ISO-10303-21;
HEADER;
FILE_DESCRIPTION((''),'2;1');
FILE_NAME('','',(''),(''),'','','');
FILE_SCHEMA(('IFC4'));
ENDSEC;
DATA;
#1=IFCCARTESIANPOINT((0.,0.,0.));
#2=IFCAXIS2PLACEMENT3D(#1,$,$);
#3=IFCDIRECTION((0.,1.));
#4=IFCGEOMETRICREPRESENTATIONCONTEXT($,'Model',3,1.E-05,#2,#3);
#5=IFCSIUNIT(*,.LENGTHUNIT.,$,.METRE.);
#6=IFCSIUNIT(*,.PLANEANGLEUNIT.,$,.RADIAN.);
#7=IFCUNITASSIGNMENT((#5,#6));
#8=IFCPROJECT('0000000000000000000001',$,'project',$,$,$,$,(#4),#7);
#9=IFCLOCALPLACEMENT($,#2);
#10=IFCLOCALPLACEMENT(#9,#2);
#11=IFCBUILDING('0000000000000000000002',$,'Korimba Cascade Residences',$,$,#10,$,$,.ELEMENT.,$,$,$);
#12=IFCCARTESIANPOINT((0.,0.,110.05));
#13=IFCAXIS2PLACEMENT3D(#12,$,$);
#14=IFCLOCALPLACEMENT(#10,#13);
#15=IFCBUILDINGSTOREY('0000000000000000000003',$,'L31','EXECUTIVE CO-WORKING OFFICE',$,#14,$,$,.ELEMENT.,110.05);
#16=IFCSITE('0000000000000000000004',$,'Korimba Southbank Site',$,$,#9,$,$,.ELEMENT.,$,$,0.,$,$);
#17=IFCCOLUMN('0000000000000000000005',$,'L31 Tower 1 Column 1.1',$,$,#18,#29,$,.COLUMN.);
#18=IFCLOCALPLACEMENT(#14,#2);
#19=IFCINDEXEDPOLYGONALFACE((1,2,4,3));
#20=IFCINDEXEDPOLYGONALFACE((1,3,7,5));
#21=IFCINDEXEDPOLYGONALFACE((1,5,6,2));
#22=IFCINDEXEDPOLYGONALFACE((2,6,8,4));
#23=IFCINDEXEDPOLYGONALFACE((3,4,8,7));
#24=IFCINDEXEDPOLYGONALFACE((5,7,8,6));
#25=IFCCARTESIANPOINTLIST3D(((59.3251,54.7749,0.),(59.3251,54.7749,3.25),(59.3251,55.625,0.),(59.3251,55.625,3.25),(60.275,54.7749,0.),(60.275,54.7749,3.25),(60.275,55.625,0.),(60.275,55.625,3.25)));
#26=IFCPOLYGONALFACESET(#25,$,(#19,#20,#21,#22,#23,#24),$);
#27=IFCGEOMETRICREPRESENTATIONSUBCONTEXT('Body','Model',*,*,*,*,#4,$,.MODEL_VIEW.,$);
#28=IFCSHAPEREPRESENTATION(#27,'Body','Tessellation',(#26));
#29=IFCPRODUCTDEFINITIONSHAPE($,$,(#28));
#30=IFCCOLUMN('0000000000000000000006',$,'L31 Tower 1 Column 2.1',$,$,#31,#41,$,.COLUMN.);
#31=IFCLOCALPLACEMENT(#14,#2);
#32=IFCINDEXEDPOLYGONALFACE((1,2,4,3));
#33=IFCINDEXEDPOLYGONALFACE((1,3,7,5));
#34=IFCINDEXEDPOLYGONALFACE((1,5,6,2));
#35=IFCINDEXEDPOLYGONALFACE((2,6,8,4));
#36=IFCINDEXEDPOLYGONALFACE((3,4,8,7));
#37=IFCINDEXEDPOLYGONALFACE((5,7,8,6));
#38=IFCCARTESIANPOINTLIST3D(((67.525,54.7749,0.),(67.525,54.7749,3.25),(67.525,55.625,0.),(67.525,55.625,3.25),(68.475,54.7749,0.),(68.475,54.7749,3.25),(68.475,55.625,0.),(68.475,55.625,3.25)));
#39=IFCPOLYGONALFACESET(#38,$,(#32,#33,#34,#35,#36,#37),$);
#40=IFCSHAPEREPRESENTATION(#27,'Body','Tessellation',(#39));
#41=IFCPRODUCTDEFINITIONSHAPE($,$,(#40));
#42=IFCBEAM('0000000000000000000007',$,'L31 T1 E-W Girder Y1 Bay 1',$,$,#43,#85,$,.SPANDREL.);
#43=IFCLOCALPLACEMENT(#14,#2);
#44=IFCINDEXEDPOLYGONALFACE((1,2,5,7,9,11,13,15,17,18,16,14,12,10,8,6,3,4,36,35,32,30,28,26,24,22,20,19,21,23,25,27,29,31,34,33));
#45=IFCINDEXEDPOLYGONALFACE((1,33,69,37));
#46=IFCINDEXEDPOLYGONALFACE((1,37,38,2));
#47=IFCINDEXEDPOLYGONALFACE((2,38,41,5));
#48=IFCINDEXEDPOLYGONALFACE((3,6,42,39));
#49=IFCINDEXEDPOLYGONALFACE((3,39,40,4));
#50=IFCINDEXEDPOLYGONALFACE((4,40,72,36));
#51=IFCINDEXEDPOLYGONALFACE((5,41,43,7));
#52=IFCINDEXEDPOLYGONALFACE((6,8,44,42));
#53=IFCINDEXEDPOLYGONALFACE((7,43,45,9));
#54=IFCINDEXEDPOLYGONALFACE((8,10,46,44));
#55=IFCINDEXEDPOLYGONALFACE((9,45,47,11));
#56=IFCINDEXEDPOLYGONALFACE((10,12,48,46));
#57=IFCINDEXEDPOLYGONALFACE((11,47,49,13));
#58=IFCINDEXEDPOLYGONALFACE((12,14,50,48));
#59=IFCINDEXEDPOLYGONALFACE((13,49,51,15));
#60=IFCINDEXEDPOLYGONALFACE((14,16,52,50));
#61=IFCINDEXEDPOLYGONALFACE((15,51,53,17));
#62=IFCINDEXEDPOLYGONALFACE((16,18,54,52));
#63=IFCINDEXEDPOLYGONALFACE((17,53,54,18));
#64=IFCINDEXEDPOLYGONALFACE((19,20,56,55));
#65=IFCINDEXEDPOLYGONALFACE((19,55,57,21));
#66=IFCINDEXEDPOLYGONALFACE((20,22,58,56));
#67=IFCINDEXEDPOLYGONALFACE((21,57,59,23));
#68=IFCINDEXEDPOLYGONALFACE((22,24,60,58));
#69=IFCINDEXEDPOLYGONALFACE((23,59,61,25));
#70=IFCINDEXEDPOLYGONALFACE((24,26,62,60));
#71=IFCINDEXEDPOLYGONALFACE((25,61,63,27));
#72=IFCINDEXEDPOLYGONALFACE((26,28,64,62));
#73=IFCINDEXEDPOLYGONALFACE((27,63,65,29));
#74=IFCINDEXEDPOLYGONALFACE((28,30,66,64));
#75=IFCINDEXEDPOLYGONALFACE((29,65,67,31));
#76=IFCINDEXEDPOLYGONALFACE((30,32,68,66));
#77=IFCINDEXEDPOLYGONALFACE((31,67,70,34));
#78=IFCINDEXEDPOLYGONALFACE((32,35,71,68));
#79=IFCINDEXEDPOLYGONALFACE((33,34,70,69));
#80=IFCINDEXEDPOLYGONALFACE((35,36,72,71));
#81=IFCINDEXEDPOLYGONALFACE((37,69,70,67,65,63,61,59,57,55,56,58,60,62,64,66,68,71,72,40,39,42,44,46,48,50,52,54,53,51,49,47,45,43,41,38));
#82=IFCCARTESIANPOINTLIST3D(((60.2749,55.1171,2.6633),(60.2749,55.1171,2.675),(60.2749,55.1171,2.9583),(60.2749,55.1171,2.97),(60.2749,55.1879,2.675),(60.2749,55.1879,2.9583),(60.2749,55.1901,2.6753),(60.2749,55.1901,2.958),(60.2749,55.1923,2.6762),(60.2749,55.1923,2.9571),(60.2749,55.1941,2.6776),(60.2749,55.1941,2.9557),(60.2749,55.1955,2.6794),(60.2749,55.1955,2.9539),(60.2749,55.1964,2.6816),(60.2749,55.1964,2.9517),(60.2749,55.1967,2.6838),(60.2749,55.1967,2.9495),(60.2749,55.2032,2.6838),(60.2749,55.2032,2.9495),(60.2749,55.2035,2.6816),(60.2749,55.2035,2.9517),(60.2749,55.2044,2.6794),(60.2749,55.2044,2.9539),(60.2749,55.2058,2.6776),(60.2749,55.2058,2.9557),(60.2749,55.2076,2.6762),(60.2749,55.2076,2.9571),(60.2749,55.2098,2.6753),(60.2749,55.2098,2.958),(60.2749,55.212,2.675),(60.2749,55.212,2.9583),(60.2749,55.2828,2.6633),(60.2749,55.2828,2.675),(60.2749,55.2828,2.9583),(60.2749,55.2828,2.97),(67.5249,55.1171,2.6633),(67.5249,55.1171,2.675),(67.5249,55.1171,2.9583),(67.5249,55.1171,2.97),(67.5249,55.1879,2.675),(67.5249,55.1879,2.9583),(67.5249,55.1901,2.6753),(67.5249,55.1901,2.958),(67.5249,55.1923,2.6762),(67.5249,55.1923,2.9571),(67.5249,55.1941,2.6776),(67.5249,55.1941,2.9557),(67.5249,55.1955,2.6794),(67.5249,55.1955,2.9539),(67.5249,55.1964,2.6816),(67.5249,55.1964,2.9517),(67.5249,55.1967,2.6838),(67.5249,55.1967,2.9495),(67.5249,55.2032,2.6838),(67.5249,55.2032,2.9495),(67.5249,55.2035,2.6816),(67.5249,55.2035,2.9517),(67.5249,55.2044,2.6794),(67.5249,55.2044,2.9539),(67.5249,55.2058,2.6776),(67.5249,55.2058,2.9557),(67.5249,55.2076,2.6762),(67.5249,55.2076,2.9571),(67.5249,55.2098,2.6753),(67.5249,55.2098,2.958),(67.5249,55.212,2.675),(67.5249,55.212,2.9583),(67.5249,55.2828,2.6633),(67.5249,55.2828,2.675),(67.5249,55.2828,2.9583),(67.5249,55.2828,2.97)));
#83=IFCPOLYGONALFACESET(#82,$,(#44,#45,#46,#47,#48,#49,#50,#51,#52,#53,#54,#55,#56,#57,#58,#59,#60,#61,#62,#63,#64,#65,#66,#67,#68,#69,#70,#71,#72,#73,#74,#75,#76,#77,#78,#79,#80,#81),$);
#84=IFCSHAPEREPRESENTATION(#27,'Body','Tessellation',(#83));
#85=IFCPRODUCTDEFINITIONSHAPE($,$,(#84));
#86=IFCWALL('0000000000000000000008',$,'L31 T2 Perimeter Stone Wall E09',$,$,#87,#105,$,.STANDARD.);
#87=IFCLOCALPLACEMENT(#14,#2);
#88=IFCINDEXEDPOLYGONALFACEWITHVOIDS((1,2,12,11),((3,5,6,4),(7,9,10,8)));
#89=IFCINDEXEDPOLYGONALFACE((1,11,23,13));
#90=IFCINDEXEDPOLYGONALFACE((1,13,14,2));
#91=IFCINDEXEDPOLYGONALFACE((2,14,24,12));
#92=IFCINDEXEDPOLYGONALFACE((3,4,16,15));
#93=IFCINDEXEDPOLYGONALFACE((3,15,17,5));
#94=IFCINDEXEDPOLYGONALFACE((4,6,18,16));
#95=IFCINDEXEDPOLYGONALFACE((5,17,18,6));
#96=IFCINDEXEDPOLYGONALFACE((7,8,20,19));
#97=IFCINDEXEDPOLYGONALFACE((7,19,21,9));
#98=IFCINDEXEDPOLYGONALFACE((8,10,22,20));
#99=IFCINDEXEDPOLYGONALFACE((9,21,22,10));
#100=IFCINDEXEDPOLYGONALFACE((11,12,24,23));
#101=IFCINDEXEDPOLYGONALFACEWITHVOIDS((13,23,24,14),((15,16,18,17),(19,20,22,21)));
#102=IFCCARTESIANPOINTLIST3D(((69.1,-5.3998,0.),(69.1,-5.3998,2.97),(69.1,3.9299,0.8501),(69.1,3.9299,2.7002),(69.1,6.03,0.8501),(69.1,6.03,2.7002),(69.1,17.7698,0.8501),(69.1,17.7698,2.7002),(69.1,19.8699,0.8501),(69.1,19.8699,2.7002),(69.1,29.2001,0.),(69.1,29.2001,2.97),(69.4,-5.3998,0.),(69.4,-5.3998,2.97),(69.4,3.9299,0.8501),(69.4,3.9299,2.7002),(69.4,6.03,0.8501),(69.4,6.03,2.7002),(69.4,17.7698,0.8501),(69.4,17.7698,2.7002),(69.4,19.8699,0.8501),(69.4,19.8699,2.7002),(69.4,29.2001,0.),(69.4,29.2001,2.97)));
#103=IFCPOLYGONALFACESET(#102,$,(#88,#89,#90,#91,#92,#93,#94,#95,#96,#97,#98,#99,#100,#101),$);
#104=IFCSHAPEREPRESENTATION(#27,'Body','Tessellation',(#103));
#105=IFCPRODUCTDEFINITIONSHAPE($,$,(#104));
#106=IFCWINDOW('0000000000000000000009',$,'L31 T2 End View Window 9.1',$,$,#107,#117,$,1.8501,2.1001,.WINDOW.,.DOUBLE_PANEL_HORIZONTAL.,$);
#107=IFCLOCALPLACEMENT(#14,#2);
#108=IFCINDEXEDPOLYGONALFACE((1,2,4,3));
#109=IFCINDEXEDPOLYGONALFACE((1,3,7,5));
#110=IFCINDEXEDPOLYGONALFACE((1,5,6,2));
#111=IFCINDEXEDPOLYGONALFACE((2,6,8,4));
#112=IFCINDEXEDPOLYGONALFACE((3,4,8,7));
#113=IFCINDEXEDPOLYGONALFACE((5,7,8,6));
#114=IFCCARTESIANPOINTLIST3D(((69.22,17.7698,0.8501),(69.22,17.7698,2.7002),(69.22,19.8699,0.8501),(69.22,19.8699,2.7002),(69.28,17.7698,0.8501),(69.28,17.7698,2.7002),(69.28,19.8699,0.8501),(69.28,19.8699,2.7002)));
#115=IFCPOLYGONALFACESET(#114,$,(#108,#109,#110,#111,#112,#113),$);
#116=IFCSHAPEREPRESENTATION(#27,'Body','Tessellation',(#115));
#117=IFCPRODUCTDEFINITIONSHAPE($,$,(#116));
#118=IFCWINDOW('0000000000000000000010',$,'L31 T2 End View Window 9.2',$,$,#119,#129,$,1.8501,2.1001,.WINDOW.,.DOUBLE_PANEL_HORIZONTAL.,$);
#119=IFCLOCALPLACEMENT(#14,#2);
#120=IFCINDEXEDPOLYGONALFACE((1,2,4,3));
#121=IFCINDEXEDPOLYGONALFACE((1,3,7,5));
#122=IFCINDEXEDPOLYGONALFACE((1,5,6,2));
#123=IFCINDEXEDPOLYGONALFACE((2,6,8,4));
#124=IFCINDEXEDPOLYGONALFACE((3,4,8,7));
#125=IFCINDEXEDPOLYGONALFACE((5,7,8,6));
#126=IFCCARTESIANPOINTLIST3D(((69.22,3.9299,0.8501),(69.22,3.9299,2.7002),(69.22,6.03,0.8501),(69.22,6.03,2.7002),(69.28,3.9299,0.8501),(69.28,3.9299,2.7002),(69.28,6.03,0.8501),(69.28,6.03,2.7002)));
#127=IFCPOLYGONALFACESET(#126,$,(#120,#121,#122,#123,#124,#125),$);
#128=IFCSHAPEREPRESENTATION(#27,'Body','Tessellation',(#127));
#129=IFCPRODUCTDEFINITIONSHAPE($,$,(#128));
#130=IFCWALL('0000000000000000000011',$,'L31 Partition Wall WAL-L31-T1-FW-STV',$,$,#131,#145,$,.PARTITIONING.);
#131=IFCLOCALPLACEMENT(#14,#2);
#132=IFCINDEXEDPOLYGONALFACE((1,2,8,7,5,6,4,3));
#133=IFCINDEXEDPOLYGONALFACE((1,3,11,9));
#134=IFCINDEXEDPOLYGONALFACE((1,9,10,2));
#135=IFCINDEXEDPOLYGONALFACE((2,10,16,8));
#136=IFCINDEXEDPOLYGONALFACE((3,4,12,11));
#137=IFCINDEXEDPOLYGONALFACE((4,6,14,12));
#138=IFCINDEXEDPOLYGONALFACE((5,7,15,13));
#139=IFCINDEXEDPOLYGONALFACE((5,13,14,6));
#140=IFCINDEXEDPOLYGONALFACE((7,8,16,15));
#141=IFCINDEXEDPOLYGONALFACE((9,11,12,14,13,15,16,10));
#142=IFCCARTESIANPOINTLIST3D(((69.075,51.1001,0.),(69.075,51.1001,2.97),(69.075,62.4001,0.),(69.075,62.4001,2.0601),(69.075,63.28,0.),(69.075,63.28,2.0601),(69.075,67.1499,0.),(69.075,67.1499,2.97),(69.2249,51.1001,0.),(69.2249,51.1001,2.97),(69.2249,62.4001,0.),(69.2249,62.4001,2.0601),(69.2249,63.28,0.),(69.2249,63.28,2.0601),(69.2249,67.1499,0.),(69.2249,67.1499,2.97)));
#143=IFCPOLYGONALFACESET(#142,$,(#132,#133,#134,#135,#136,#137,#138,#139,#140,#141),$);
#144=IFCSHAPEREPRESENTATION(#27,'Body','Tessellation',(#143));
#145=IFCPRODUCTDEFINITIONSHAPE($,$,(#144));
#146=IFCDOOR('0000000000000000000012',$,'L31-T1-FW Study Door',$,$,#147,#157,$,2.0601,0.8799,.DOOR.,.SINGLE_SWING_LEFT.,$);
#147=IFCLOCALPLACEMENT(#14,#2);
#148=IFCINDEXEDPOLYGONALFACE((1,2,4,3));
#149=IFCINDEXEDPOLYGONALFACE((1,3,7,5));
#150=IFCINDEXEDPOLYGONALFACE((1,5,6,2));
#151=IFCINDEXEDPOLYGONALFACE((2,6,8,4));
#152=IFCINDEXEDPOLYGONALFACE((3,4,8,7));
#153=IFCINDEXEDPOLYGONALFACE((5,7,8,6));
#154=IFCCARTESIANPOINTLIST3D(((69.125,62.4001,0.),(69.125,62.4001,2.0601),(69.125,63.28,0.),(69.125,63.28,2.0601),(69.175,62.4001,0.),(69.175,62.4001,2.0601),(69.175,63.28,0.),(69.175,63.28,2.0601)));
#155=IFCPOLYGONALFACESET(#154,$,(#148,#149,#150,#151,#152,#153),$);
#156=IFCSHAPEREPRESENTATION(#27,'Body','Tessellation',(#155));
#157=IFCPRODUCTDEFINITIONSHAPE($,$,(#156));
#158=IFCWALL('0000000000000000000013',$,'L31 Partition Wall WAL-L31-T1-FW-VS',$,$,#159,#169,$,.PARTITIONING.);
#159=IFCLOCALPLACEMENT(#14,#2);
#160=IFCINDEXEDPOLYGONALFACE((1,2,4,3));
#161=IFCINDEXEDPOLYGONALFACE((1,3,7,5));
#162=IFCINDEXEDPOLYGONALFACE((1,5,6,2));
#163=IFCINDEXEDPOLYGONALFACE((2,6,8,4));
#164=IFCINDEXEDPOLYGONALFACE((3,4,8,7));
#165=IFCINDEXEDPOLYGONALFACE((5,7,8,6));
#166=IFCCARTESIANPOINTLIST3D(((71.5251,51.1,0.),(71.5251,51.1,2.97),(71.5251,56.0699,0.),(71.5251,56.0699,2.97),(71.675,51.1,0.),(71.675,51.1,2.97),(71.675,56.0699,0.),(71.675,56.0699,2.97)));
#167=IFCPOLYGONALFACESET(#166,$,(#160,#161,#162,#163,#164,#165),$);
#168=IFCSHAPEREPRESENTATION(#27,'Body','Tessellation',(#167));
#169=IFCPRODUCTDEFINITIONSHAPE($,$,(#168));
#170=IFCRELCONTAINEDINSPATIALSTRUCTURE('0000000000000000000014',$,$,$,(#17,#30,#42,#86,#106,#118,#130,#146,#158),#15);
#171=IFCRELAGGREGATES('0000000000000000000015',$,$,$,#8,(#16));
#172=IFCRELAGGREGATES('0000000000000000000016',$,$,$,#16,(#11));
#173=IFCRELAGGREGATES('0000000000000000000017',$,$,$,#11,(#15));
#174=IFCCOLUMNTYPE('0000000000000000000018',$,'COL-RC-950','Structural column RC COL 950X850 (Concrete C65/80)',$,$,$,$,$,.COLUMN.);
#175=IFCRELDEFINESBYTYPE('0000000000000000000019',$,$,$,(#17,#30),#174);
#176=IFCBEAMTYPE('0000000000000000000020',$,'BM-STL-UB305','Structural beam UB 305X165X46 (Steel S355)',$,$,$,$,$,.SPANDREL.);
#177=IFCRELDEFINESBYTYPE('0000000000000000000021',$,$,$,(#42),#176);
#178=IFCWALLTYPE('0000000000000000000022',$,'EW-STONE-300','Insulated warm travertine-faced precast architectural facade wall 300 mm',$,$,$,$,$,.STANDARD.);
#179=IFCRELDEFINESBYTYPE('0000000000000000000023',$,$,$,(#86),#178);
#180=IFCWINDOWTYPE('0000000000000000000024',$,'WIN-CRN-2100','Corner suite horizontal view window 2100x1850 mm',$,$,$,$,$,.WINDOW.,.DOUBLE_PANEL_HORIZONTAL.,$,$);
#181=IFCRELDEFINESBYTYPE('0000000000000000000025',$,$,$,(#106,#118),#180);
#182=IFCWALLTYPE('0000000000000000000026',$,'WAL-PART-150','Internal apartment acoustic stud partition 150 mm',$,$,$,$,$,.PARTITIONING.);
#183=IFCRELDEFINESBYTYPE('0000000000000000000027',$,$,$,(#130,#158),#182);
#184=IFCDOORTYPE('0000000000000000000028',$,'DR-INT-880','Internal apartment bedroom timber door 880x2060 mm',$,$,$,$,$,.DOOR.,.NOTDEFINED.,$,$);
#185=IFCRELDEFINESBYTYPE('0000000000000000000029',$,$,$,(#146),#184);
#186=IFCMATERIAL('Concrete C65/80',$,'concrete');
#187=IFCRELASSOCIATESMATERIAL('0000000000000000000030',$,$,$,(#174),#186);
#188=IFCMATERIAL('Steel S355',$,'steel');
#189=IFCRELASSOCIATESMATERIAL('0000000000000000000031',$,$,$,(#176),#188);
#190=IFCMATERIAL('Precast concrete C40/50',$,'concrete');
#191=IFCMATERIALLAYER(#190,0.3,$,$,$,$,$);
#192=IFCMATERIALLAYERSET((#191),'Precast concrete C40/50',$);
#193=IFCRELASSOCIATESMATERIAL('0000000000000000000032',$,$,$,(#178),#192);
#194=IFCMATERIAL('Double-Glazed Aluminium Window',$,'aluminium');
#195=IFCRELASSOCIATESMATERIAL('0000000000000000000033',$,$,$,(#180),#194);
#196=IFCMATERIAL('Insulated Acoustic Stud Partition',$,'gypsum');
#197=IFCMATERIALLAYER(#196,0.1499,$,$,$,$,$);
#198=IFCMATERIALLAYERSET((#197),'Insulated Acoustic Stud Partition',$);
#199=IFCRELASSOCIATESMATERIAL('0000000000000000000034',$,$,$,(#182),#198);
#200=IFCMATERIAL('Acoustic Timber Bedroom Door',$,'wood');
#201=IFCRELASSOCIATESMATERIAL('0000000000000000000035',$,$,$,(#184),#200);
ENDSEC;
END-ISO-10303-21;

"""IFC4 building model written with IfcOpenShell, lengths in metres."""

from ifc_helpers import new_model, si_unit, direction, frame, frame_2d, origin, origin_2d, place, context, subcontext, project, spatial, rectangle, i_section, extrude, material, layer, layer_set, material_profile, profile_set, type_object, element, fill, save


model = new_model("IFC4")

# Units and contexts
model_context = context("Model", 3, precision=1e-05, world=origin(), true_north=direction((0.0, 1.0)))
body_context = subcontext(model_context, "Body", "Model", "MODEL_VIEW")
ifc_project = project(units=[si_unit("LENGTHUNIT", "METRE"), si_unit("PLANEANGLEUNIT", "RADIAN")], contexts=[model_context])

# Site, building, storey
site_placement = place(None, origin())
site = spatial("IfcSite", under=ifc_project, at=site_placement, Name="Korimba Southbank Site", CompositionType="ELEMENT", RefElevation=0.0)
building_placement = place(site_placement, origin())
building = spatial("IfcBuilding", under=site, at=building_placement, Name="Korimba Cascade Residences", CompositionType="ELEMENT")
storey_placement = place(building_placement, frame((0.0, 0.0, 110.05)))
storey = spatial("IfcBuildingStorey", under=building, at=storey_placement, Name="L31", Description="EXECUTIVE CO-WORKING OFFICE", CompositionType="ELEMENT", Elevation=110.05)

# Columns
ifc_material_1 = material(Name="Concrete C65/80", Category="concrete")
ifc_material_profile_1 = material_profile(ifc_material_1, rectangle(XDim=0.95, YDim=0.8501, at=origin_2d()), Name="Concrete C65/80")
ifc_profile_set_1 = profile_set([ifc_material_profile_1], Name="Concrete C65/80")
column_type = type_object("IfcColumnType", Name="COL-RC-950", Description="Structural column RC COL 950X850 (Concrete C65/80)", PredefinedType="COLUMN", material=ifc_profile_set_1)
for number, where, z_axis, x_axis, name in (
    (1, (59.8, 55.2, 0.0), (0.0, 0.0, 1.0), (1.0, 0.0, 0.0), "L31 Tower 1 Column 1.1"),
    (2, (68.0, 55.2, 0.0), (0.0, 0.0, 1.0), (1.0, 0.0, 0.0), "L31 Tower 1 Column 2.1"),
):
    element("IfcColumn", number, at=place(storey_placement, frame(where, z_axis=z_axis, x_axis=x_axis)), inside=storey, type_object=column_type, Name=name, PredefinedType="COLUMN", context=body_context, shape_type="SweptSolid", body=[
        extrude(rectangle(XDim=0.95, YDim=0.8501, at=origin_2d()), origin(), (0.0, 0.0, 1.0), 3.25),
    ])

# Beam
ifc_material_2 = material(Name="Steel S355", Category="steel")
ifc_material_profile_2 = material_profile(ifc_material_2, i_section(OverallWidth=0.1658, OverallDepth=0.3066, WebThickness=0.0066, FlangeThickness=0.0117, FilletRadius=0.0088, at=origin_2d()), Name="Steel S355")
ifc_profile_set_2 = profile_set([ifc_material_profile_2], Name="Steel S355")
beam_type = type_object("IfcBeamType", Name="BM-STL-UB305", Description="Structural beam UB 305X165X46 (Steel S355)", PredefinedType="SPANDREL", material=ifc_profile_set_2)
beam_placement = place(storey_placement, frame((60.2749, 55.2, 2.8167), z_axis=(1.0, 0.0, 0.0), x_axis=(0.0, 1.0, 0.0)))
element("IfcBeam", 3, at=beam_placement, inside=storey, type_object=beam_type, Name="L31 T1 E-W Girder Y1 Bay 1", PredefinedType="SPANDREL", context=body_context, shape_type="SweptSolid", body=[
    extrude(i_section(OverallWidth=0.1658, OverallDepth=0.3066, WebThickness=0.0066, FlangeThickness=0.0117, FilletRadius=0.0088, at=origin_2d()), origin(), (0.0, 0.0, 1.0), 7.25),
])

# Wall, openings, windows
ifc_material_3 = material(Name="Precast concrete C40/50", Category="concrete")
ifc_layer_1 = layer(ifc_material_3, 0.3)
ifc_layer_set_1 = layer_set([ifc_layer_1], Name="Precast concrete C40/50")
wall_type_1 = type_object("IfcWallType", Name="EW-STONE-300", Description="Insulated warm travertine-faced precast architectural facade wall 300 mm", PredefinedType="STANDARD", material=ifc_layer_set_1)
wall_1_placement = place(storey_placement, frame((69.25, 29.2, 0.0), z_axis=(0.0, 0.0, 1.0), x_axis=(0.0, -1.0, 0.0)))
wall_1 = element("IfcWall", 4, at=wall_1_placement, inside=storey, type_object=wall_type_1, Name="L31 T2 Perimeter Stone Wall E09", PredefinedType="STANDARD", context=body_context, shape_type="SweptSolid", body=[
    extrude(rectangle(XDim=34.5999, YDim=0.3, at=frame_2d((17.2998, 0.0))), origin(), (0.0, 0.0, 1.0), 2.97),
])
opening_1_placement = place(wall_1_placement, frame((9.3301, 0.0, 0.8501)))
opening_1 = element("IfcOpeningElement", 5, at=opening_1_placement, cuts=wall_1, PredefinedType="OPENING", context=body_context, shape_type="SweptSolid", body=[
    extrude(rectangle(XDim=2.1001, YDim=1.8501, at=frame_2d((1.05, 0.925))), frame((0.0, 0.1602, 0.0), z_axis=(0.0, -1.0, 0.0), x_axis=(1.0, 0.0, 0.0)), (0.0, 0.0, 1.0), 0.3201),
])
opening_2_placement = place(wall_1_placement, frame((23.1699, 0.0, 0.8501)))
opening_2 = element("IfcOpeningElement", 6, at=opening_2_placement, cuts=wall_1, PredefinedType="OPENING", context=body_context, shape_type="SweptSolid", body=[
    extrude(rectangle(XDim=2.1001, YDim=1.8501, at=frame_2d((1.05, 0.925))), frame((0.0, 0.1602, 0.0), z_axis=(0.0, -1.0, 0.0), x_axis=(1.0, 0.0, 0.0)), (0.0, 0.0, 1.0), 0.3201),
])
ifc_material_4 = material(Name="Double-Glazed Aluminium Window", Category="aluminium")
window_type = type_object("IfcWindowType", Name="WIN-CRN-2100", Description="Corner suite horizontal view window 2100x1850 mm", PartitioningType="DOUBLE_PANEL_HORIZONTAL", PredefinedType="WINDOW", material=ifc_material_4)
window_1_placement = place(opening_1_placement, origin())
window_1 = element("IfcWindow", 7, at=window_1_placement, inside=storey, type_object=window_type, Name="L31 T2 End View Window 9.1", OverallHeight=1.8501, OverallWidth=2.1001, PartitioningType="DOUBLE_PANEL_HORIZONTAL", PredefinedType="WINDOW", context=body_context, shape_type="SweptSolid", body=[
    extrude(rectangle(XDim=2.1001, YDim=1.8501, at=frame_2d((1.05, 0.925))), frame((0.0, 0.03, 0.0), z_axis=(0.0, -1.0, 0.0), x_axis=(1.0, 0.0, 0.0)), (0.0, 0.0, 1.0), 0.0601),
])
fill(opening_1, window_1)
window_2_placement = place(opening_2_placement, origin())
window_2 = element("IfcWindow", 8, at=window_2_placement, inside=storey, type_object=window_type, Name="L31 T2 End View Window 9.2", OverallHeight=1.8501, OverallWidth=2.1001, PartitioningType="DOUBLE_PANEL_HORIZONTAL", PredefinedType="WINDOW", context=body_context, shape_type="SweptSolid", body=[
    extrude(rectangle(XDim=2.1001, YDim=1.8501, at=frame_2d((1.05, 0.925))), frame((0.0, 0.03, 0.0), z_axis=(0.0, -1.0, 0.0), x_axis=(1.0, 0.0, 0.0)), (0.0, 0.0, 1.0), 0.0601),
])
fill(opening_2, window_2)

# Wall, opening, door
ifc_material_5 = material(Name="Insulated Acoustic Stud Partition", Category="gypsum")
ifc_layer_2 = layer(ifc_material_5, 0.1499)
ifc_layer_set_2 = layer_set([ifc_layer_2], Name="Insulated Acoustic Stud Partition")
wall_type_2 = type_object("IfcWallType", Name="WAL-PART-150", Description="Internal apartment acoustic stud partition 150 mm", PredefinedType="PARTITIONING", material=ifc_layer_set_2)
wall_2_placement = place(storey_placement, frame((69.1499, 51.1001, 0.0), z_axis=(0.0, 0.0, 1.0), x_axis=(0.0, 1.0, 0.0)))
wall_2 = element("IfcWall", 9, at=wall_2_placement, inside=storey, type_object=wall_type_2, Name="L31 Partition Wall WAL-L31-T1-FW-STV", PredefinedType="PARTITIONING", context=body_context, shape_type="SweptSolid", body=[
    extrude(rectangle(XDim=16.0498, YDim=0.1499, at=frame_2d((8.0249, 0.0))), origin(), (0.0, 0.0, 1.0), 2.97),
])
opening_3_placement = place(wall_2_placement, frame((11.3, 0.0, 0.0)))
opening_3 = element("IfcOpeningElement", 10, at=opening_3_placement, cuts=wall_2, PredefinedType="OPENING", context=body_context, shape_type="SweptSolid", body=[
    extrude(rectangle(XDim=0.8799, YDim=2.0601, at=frame_2d((0.4399, 1.03))), frame((0.0, 0.085, 0.0), z_axis=(0.0, -1.0, 0.0), x_axis=(1.0, 0.0, 0.0)), (0.0, 0.0, 1.0), 0.1699),
])
ifc_material_6 = material(Name="Acoustic Timber Bedroom Door", Category="wood")
door_type_1 = type_object("IfcDoorType", Name="DR-INT-880", Description="Internal apartment bedroom timber door 880x2060 mm", OperationType="NOTDEFINED", PredefinedType="DOOR", material=ifc_material_6)
door_1_placement = place(opening_3_placement, origin())
door_1 = element("IfcDoor", 11, at=door_1_placement, inside=storey, type_object=door_type_1, Name="L31-T1-FW Study Door", OperationType="SINGLE_SWING_LEFT", OverallHeight=2.0601, OverallWidth=0.8799, PredefinedType="DOOR", context=body_context, shape_type="SweptSolid", body=[
    extrude(rectangle(XDim=0.8799, YDim=2.0601, at=frame_2d((0.4399, 1.03))), frame((0.0, 0.0249, 0.0), z_axis=(0.0, -1.0, 0.0), x_axis=(1.0, 0.0, 0.0)), (0.0, 0.0, 1.0), 0.05),
])
fill(opening_3, door_1)

# Wall
wall_3_placement = place(storey_placement, frame((71.6001, 51.1001, 0.0), z_axis=(0.0, 0.0, 1.0), x_axis=(0.0, 1.0, 0.0)))
element("IfcWall", 12, at=wall_3_placement, inside=storey, type_object=wall_type_2, Name="L31 Partition Wall WAL-L31-T1-FW-VS", PredefinedType="PARTITIONING", context=body_context, shape_type="SweptSolid", body=[
    extrude(rectangle(XDim=4.97, YDim=0.1499, at=frame_2d((2.4849, 0.0))), origin(), (0.0, 0.0, 1.0), 2.97),
])

save(model, "model.ifc")
